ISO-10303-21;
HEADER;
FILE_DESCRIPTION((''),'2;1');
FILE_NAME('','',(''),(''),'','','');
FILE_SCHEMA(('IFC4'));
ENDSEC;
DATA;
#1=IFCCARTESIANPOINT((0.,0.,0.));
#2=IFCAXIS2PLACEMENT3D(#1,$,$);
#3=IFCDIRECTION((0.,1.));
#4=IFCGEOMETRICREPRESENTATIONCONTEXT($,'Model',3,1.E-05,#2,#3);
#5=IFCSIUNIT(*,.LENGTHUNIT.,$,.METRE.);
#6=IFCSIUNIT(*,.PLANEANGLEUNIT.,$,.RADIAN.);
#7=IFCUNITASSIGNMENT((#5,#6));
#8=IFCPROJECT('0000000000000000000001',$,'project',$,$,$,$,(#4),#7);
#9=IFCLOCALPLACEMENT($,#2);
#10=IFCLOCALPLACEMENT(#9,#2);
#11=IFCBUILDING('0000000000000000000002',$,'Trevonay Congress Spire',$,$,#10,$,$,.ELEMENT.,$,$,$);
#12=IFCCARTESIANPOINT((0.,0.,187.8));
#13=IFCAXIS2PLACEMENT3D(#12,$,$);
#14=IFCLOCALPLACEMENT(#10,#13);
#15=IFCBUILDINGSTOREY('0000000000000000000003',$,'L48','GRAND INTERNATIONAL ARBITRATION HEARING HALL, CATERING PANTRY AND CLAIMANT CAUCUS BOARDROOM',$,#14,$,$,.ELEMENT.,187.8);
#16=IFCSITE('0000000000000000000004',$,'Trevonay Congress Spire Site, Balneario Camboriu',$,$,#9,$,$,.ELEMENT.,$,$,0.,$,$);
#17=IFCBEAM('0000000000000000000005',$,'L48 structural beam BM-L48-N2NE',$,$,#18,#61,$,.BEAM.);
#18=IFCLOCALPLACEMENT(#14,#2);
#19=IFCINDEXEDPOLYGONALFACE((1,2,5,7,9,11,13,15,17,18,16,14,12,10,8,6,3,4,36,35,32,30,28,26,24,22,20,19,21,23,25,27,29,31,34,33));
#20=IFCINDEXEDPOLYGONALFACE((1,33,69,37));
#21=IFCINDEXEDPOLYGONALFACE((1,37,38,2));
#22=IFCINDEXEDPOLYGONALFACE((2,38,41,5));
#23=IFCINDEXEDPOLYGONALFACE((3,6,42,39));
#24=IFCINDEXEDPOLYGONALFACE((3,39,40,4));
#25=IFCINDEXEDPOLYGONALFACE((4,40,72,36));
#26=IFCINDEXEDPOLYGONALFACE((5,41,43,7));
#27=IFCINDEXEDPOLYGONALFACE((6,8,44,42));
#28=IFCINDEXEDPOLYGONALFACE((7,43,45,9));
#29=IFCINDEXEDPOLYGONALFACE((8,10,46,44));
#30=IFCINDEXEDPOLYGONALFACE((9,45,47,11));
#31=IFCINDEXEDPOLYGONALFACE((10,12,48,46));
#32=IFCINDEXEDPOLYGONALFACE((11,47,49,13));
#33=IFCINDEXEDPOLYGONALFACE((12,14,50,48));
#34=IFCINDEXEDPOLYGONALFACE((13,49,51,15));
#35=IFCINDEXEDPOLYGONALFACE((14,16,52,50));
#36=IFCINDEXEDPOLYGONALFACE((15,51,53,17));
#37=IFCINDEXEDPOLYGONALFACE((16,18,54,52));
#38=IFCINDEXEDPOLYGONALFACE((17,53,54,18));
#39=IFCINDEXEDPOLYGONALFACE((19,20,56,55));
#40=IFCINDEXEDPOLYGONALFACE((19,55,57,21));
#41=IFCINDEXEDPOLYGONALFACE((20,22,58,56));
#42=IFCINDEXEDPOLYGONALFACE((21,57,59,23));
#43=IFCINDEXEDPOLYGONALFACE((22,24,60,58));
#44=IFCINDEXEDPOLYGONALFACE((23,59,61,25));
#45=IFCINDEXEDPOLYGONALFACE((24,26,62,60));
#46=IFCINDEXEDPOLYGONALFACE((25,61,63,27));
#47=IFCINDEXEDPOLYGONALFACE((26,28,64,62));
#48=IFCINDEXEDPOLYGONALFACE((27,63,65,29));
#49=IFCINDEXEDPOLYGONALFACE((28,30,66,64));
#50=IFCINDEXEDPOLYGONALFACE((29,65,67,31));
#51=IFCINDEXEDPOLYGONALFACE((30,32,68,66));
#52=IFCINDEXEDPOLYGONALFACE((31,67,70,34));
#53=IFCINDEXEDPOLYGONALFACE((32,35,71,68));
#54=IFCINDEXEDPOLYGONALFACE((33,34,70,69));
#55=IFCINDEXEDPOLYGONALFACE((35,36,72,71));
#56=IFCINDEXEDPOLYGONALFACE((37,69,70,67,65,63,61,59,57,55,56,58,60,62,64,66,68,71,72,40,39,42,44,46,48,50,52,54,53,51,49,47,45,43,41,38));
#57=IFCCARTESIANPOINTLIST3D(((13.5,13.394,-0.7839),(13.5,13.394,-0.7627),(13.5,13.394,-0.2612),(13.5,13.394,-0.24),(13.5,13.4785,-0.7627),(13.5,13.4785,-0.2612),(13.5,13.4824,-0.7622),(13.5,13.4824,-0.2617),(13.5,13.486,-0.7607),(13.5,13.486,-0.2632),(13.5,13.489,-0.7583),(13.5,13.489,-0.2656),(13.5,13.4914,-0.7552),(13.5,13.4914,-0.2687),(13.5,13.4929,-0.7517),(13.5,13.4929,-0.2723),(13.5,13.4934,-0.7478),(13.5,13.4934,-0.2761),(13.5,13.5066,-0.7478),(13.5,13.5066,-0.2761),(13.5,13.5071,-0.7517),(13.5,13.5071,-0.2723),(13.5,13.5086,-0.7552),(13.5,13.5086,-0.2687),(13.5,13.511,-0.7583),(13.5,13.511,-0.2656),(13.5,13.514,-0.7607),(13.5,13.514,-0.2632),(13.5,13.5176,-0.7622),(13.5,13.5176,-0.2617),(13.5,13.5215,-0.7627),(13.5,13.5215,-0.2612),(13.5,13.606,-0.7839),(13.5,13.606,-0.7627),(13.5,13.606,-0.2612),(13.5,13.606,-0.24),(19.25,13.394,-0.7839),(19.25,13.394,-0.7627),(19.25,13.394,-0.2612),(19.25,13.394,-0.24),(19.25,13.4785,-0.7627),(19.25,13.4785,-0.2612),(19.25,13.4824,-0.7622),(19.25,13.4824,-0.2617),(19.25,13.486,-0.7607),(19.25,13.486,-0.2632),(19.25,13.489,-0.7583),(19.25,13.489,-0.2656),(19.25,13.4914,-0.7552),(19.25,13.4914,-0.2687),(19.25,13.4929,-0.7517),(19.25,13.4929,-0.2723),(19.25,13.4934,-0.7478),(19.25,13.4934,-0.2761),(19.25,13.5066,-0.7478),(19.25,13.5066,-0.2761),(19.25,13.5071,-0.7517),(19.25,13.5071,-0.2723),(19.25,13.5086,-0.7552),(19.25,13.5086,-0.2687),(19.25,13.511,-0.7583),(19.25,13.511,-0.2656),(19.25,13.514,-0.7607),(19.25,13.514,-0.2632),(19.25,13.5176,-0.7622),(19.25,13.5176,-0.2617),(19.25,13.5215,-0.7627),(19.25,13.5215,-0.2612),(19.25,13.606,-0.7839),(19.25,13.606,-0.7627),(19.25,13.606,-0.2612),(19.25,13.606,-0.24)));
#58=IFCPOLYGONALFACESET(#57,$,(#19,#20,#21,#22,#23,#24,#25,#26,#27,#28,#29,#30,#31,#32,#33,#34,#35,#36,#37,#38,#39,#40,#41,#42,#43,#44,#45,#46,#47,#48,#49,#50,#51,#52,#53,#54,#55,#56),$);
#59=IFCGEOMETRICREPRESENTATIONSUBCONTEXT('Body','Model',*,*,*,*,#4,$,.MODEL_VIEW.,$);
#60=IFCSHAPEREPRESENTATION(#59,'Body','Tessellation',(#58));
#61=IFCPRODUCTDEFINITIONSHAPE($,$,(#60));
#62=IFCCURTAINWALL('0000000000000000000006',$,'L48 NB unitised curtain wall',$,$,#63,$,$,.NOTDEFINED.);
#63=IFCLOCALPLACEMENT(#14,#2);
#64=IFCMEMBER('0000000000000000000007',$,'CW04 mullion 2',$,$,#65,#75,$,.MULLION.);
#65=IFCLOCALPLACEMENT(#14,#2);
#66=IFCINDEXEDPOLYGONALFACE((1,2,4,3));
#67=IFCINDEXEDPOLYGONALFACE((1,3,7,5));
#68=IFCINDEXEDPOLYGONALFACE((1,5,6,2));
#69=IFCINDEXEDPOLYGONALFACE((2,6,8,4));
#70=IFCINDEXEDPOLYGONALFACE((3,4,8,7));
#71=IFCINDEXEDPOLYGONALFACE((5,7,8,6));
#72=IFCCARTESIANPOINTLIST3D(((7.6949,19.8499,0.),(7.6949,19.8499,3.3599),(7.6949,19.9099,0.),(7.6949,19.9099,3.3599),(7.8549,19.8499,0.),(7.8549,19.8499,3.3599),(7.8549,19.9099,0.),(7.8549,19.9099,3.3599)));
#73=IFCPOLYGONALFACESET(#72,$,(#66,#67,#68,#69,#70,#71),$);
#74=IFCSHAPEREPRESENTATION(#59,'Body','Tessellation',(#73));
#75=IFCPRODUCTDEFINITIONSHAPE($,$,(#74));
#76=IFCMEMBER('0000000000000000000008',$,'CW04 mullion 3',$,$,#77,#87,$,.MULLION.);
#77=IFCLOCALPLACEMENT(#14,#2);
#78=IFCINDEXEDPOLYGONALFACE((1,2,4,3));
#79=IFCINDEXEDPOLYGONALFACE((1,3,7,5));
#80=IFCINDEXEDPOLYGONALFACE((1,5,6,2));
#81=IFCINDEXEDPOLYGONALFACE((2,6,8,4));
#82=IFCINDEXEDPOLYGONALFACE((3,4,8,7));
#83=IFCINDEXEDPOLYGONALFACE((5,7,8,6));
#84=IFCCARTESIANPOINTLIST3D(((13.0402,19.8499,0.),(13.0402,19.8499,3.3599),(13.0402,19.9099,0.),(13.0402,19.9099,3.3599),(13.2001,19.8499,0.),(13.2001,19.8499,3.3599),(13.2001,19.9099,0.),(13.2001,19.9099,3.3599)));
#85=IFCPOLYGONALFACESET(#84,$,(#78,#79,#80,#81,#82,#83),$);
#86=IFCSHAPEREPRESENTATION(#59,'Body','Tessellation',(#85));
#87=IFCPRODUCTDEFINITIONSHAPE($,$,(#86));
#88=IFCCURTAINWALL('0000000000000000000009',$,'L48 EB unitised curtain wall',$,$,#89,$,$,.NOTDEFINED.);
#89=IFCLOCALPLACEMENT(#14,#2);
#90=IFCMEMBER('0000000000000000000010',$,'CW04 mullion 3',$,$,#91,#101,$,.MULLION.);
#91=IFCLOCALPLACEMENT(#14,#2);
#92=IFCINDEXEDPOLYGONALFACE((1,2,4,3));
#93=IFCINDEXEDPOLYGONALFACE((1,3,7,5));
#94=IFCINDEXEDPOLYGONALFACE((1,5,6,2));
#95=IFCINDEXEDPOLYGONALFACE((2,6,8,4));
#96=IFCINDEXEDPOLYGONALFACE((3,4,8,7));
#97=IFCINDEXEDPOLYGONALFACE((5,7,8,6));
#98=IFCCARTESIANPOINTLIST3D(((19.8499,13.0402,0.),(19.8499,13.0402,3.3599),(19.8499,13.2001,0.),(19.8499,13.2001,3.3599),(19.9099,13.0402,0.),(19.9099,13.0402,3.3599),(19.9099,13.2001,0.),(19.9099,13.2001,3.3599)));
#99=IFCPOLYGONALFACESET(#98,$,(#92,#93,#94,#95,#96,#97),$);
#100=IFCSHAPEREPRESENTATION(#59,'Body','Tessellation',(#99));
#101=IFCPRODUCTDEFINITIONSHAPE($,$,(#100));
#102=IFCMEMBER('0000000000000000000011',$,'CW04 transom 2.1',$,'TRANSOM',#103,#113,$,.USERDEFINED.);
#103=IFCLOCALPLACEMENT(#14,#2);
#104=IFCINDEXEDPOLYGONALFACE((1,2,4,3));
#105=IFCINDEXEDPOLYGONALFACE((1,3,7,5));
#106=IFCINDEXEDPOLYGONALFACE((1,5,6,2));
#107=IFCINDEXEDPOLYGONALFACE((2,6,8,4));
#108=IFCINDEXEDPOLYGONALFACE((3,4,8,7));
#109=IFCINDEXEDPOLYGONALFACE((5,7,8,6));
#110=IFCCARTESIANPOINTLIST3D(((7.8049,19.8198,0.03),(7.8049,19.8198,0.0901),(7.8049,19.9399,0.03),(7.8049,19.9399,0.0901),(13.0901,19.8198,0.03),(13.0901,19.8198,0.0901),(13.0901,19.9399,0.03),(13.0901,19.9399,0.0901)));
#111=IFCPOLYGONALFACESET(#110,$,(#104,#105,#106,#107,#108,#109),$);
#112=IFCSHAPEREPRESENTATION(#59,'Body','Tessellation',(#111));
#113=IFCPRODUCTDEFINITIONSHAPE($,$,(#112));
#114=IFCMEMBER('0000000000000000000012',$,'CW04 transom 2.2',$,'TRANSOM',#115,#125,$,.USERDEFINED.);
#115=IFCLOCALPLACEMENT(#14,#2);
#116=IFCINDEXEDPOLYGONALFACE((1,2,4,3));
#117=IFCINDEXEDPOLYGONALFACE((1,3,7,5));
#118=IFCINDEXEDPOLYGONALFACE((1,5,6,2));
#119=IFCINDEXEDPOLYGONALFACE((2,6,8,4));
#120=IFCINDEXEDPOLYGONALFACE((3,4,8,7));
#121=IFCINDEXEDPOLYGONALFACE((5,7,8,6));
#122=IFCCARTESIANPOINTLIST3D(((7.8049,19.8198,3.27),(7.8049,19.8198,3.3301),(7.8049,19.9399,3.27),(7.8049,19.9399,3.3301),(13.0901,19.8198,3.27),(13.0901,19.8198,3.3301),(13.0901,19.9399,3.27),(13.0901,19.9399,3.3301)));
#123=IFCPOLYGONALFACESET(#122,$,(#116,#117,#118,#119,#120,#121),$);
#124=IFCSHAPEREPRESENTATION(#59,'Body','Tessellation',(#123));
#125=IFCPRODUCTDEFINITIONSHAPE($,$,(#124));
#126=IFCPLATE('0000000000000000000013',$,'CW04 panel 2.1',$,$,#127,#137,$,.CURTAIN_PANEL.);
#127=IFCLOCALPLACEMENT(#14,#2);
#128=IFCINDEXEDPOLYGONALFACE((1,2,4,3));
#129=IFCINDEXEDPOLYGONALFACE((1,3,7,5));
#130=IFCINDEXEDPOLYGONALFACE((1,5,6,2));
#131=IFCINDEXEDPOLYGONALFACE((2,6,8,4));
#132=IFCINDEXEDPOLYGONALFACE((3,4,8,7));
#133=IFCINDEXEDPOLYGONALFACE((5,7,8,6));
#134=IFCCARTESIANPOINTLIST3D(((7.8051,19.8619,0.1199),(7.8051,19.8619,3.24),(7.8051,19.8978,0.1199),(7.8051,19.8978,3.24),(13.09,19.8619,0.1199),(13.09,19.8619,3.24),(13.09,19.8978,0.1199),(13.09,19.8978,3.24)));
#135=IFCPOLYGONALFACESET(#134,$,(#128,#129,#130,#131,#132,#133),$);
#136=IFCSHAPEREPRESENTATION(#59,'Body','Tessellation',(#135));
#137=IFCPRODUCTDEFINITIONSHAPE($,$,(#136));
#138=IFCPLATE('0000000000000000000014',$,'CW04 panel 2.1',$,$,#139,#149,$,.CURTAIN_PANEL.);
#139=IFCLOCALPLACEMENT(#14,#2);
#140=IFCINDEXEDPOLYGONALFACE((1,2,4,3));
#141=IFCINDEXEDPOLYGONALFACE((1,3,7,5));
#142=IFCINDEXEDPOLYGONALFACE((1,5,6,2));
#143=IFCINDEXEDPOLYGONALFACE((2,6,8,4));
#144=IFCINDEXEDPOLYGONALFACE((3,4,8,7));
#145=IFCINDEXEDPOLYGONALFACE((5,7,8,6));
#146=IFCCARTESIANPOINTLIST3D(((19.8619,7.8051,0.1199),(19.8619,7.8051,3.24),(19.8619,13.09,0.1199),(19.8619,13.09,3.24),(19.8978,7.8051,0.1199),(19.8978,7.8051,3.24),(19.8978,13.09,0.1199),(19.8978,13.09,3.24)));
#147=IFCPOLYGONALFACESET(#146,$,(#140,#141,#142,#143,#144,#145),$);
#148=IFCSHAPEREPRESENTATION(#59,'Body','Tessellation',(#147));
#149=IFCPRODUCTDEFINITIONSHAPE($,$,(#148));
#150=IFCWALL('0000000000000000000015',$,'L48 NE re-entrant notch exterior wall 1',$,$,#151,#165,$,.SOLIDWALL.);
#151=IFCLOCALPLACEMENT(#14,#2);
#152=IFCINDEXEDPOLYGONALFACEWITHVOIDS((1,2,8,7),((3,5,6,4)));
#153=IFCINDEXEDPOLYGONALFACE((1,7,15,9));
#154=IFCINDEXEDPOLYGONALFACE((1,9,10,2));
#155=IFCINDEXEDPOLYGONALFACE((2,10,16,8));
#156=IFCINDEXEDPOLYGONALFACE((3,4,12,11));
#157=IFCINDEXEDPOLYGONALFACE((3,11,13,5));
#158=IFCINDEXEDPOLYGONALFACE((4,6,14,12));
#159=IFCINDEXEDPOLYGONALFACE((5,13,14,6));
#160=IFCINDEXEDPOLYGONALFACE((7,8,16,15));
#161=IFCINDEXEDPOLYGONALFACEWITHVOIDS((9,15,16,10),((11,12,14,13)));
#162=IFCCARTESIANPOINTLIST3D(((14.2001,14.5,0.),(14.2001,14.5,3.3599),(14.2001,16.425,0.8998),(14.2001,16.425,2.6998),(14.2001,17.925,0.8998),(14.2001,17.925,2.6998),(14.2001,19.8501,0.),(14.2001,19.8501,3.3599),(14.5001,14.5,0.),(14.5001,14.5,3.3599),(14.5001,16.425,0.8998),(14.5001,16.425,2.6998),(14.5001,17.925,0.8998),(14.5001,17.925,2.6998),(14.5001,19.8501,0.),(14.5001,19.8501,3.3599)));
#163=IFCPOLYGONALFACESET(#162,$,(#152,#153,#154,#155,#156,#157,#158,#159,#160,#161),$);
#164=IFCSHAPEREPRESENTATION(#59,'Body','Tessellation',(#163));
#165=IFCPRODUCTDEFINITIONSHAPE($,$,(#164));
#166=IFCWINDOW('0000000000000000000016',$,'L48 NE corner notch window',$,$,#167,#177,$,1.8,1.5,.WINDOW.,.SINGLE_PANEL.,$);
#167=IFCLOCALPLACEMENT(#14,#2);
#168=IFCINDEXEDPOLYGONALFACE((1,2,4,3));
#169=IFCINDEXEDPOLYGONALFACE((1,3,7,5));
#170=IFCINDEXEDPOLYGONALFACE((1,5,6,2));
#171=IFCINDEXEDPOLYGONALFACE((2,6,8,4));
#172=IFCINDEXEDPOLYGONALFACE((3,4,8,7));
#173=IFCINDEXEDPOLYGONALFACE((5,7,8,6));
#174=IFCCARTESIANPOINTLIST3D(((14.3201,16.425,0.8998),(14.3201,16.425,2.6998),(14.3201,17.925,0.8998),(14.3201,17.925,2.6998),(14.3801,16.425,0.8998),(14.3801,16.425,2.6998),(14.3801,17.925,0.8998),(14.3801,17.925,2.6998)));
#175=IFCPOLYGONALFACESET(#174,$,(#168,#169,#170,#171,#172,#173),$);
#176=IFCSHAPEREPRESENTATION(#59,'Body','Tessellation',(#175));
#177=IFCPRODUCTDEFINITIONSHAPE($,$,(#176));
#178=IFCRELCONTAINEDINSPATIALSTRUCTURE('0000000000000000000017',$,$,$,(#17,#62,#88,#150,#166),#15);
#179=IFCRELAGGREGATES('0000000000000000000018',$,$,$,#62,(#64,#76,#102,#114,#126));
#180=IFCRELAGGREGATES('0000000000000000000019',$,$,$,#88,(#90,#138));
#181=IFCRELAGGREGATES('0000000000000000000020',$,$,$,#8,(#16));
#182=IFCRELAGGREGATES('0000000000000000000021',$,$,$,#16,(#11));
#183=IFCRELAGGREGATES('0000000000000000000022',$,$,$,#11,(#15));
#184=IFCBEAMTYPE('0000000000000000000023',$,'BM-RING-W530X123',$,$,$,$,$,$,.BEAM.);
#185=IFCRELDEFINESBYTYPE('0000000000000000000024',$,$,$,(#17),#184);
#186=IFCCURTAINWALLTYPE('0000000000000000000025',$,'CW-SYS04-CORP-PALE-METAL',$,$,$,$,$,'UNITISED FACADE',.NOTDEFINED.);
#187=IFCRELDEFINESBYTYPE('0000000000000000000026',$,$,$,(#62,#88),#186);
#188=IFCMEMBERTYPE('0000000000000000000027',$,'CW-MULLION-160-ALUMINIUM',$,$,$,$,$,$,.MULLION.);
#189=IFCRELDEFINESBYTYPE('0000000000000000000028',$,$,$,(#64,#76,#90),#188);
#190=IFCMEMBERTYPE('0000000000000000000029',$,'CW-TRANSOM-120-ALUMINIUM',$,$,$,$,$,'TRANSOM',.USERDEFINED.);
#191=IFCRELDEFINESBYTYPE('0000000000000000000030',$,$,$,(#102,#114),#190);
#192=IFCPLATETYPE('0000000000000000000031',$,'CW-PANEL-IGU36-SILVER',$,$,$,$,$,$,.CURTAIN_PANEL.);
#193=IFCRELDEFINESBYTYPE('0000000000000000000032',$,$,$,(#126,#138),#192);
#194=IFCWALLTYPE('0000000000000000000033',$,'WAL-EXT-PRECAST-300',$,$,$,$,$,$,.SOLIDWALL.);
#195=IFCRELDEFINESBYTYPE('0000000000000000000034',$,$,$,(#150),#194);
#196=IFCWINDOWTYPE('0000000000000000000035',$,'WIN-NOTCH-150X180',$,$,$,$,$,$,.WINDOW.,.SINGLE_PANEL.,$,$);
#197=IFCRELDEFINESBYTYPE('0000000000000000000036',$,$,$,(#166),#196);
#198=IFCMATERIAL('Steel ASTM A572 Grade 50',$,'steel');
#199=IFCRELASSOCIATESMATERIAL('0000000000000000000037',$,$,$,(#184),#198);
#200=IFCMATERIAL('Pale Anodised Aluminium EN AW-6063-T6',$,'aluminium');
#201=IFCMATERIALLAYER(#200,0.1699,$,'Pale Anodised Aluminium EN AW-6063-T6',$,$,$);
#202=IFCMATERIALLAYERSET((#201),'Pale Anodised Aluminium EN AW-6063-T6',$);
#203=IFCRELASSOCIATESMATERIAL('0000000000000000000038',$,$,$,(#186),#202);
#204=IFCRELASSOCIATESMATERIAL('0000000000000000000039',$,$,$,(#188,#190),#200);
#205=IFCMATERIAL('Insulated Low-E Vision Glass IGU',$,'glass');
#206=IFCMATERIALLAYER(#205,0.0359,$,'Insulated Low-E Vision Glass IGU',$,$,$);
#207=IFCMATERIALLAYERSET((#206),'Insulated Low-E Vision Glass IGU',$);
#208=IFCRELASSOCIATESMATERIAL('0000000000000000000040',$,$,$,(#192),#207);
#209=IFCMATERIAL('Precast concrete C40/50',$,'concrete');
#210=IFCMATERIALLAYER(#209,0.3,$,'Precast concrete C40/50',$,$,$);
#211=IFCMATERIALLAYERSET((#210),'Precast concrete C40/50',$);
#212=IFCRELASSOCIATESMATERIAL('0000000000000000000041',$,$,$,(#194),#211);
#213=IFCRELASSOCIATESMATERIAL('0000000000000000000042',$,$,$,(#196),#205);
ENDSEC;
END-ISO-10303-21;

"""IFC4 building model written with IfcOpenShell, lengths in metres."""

from ifc_helpers import new_model, si_unit, direction, frame, frame_2d, origin, origin_2d, place, context, subcontext, project, spatial, rectangle, i_section, extrude, material, layer, layer_set, material_profile, profile_set, type_object, element, fill, aggregate, save


model = new_model("IFC4")

# Units and contexts
model_context = context("Model", 3, precision=1e-05, world=origin(), true_north=direction((0.0, 1.0)))
body_context = subcontext(model_context, "Body", "Model", "MODEL_VIEW")
ifc_project = project(units=[si_unit("LENGTHUNIT", "METRE"), si_unit("PLANEANGLEUNIT", "RADIAN")], contexts=[model_context])

# Site, building, storey
site_placement = place(None, origin())
site = spatial("IfcSite", under=ifc_project, at=site_placement, Name="Trevonay Congress Spire Site, Balneario Camboriu", CompositionType="ELEMENT", RefElevation=0.0)
building_placement = place(site_placement, origin())
building = spatial("IfcBuilding", under=site, at=building_placement, Name="Trevonay Congress Spire", CompositionType="ELEMENT")
storey_placement = place(building_placement, frame((0.0, 0.0, 187.8)))
storey = spatial("IfcBuildingStorey", under=building, at=storey_placement, Name="L48", Description="GRAND INTERNATIONAL ARBITRATION HEARING HALL, CATERING PANTRY AND CLAIMANT CAUCUS BOARDROOM", CompositionType="ELEMENT", Elevation=187.8)

# Shared definitions
ifc_material_1 = material(Name="Steel ASTM A572 Grade 50", Category="steel")

# Beam
ifc_material_profile_1 = material_profile(ifc_material_1, i_section(OverallWidth=0.2119, OverallDepth=0.5439, WebThickness=0.0132, FlangeThickness=0.0212, FilletRadius=0.0149, at=origin_2d()), Name="W530x123")
ifc_profile_set_1 = profile_set([ifc_material_profile_1], Name="Steel ASTM A572 Grade 50")
beam_type = type_object("IfcBeamType", Name="BM-RING-W530X123", PredefinedType="BEAM", material=ifc_profile_set_1)
for number, where, z_axis, x_axis, name in (
    (1, (19.25, 13.5, -0.512), (-1.0, 0.0, 0.0), (0.0, -1.0, 0.0), "L48 structural beam BM-L48-N2NE"),
):
    element("IfcBeam", number, at=place(storey_placement, frame(where, z_axis=z_axis, x_axis=x_axis)), inside=storey, type_object=beam_type, Name=name, PredefinedType="BEAM", context=body_context, shape_type="SweptSolid", body=[
        extrude(i_section(OverallWidth=0.2119, OverallDepth=0.5439, WebThickness=0.0132, FlangeThickness=0.0212, FilletRadius=0.0149, at=origin_2d()), origin(), (0.0, 0.0, 1.0), 5.75),
    ])

# Curtain wall, members
ifc_material_2 = material(Name="Pale Anodised Aluminium EN AW-6063-T6", Category="aluminium")
ifc_layer_1 = layer(ifc_material_2, 0.1699, Name="Pale Anodised Aluminium EN AW-6063-T6")
ifc_layer_set_1 = layer_set([ifc_layer_1], Name="Pale Anodised Aluminium EN AW-6063-T6")
curtain_wall_type = type_object("IfcCurtainWallType", Name="CW-SYS04-CORP-PALE-METAL", ElementType="UNITISED FACADE", PredefinedType="NOTDEFINED", material=ifc_layer_set_1)
curtain_wall_1_placement = place(storey_placement, origin())
curtain_wall_1 = element("IfcCurtainWall", 2, at=curtain_wall_1_placement, inside=storey, type_object=curtain_wall_type, Name="L48 NB unitised curtain wall", PredefinedType="NOTDEFINED")
ifc_material_profile_2 = material_profile(ifc_material_2, rectangle(XDim=0.0601, YDim=0.1599, at=origin_2d()), Name="CW-MULLION-160-ALUMINIUM")
ifc_profile_set_2 = profile_set([ifc_material_profile_2], Name="Pale Anodised Aluminium EN AW-6063-T6")
member_type_1 = type_object("IfcMemberType", Name="CW-MULLION-160-ALUMINIUM", PredefinedType="MULLION", material=ifc_profile_set_2)
member_1_placement = place(storey_placement, frame((7.7749, 19.8799, 0.0), z_axis=(0.0, 0.0, 1.0), x_axis=(0.0, 1.0, 0.0)))
member_1 = element("IfcMember", 3, at=member_1_placement, type_object=member_type_1, Name="CW04 mullion 2", PredefinedType="MULLION", context=body_context, shape_type="SweptSolid", body=[
    extrude(rectangle(XDim=0.0601, YDim=0.1599, at=origin_2d()), origin(), (0.0, 0.0, 1.0), 3.3599),
])
member_2_placement = place(storey_placement, frame((13.1201, 19.8799, 0.0), z_axis=(0.0, 0.0, 1.0), x_axis=(0.0, 1.0, 0.0)))
member_2 = element("IfcMember", 4, at=member_2_placement, type_object=member_type_1, Name="CW04 mullion 3", PredefinedType="MULLION", context=body_context, shape_type="SweptSolid", body=[
    extrude(rectangle(XDim=0.0601, YDim=0.1599, at=origin_2d()), origin(), (0.0, 0.0, 1.0), 3.3599),
])

# Curtain wall, member
curtain_wall_2_placement = place(storey_placement, origin())
curtain_wall_2 = element("IfcCurtainWall", 5, at=curtain_wall_2_placement, inside=storey, type_object=curtain_wall_type, Name="L48 EB unitised curtain wall", PredefinedType="NOTDEFINED")
member_3_placement = place(storey_placement, frame((19.8799, 13.1201, 0.0), z_axis=(0.0, 0.0, 1.0), x_axis=(-1.0, 0.0, 0.0)))
member_3 = element("IfcMember", 6, at=member_3_placement, type_object=member_type_1, Name="CW04 mullion 3", PredefinedType="MULLION", context=body_context, shape_type="SweptSolid", body=[
    extrude(rectangle(XDim=0.0601, YDim=0.1599, at=origin_2d()), origin(), (0.0, 0.0, 1.0), 3.3599),
])

# Members
ifc_material_profile_3 = material_profile(ifc_material_2, rectangle(XDim=0.1201, YDim=0.0601, at=origin_2d()), Name="CW-TRANSOM-120-ALUMINIUM")
ifc_profile_set_3 = profile_set([ifc_material_profile_3], Name="Pale Anodised Aluminium EN AW-6063-T6")
member_type_2 = type_object("IfcMemberType", Name="CW-TRANSOM-120-ALUMINIUM", ElementType="TRANSOM", PredefinedType="USERDEFINED", material=ifc_profile_set_3)
member_4_placement = place(storey_placement, frame((7.8049, 19.8799, 0.0601), z_axis=(1.0, 0.0, 0.0), x_axis=(0.0, 1.0, 0.0)))
member_4 = element("IfcMember", 7, at=member_4_placement, type_object=member_type_2, Name="CW04 transom 2.1", ObjectType="TRANSOM", PredefinedType="USERDEFINED", context=body_context, shape_type="SweptSolid", body=[
    extrude(rectangle(XDim=0.1201, YDim=0.0601, at=origin_2d()), origin(), (0.0, 0.0, 1.0), 5.2852),
])
member_5_placement = place(storey_placement, frame((7.8049, 19.8799, 3.3), z_axis=(1.0, 0.0, 0.0), x_axis=(0.0, 1.0, 0.0)))
member_5 = element("IfcMember", 8, at=member_5_placement, type_object=member_type_2, Name="CW04 transom 2.2", ObjectType="TRANSOM", PredefinedType="USERDEFINED", context=body_context, shape_type="SweptSolid", body=[
    extrude(rectangle(XDim=0.1201, YDim=0.0601, at=origin_2d()), origin(), (0.0, 0.0, 1.0), 5.2852),
])

# Plates
ifc_material_3 = material(Name="Insulated Low-E Vision Glass IGU", Category="glass")
ifc_layer_2 = layer(ifc_material_3, 0.0359, Name="Insulated Low-E Vision Glass IGU")
ifc_layer_set_2 = layer_set([ifc_layer_2], Name="Insulated Low-E Vision Glass IGU")
plate_type = type_object("IfcPlateType", Name="CW-PANEL-IGU36-SILVER", PredefinedType="CURTAIN_PANEL", material=ifc_layer_set_2)
plate_1_placement = place(storey_placement, frame((10.4475, 19.8799, 0.1199), z_axis=(0.0, 0.0, 1.0), x_axis=(1.0, 0.0, 0.0)))
plate_1 = element("IfcPlate", 9, at=plate_1_placement, type_object=plate_type, Name="CW04 panel 2.1", PredefinedType="CURTAIN_PANEL", context=body_context, shape_type="SweptSolid", body=[
    extrude(rectangle(XDim=5.2849, YDim=0.0359, at=origin_2d()), origin(), (0.0, 0.0, 1.0), 3.1201),
])
aggregate(curtain_wall_1, [member_1, member_2, member_4, member_5, plate_1])
plate_2_placement = place(storey_placement, frame((19.8799, 10.4475, 0.1199), z_axis=(0.0, 0.0, 1.0), x_axis=(0.0, 1.0, 0.0)))
plate_2 = element("IfcPlate", 10, at=plate_2_placement, type_object=plate_type, Name="CW04 panel 2.1", PredefinedType="CURTAIN_PANEL", context=body_context, shape_type="SweptSolid", body=[
    extrude(rectangle(XDim=5.2849, YDim=0.0359, at=origin_2d()), origin(), (0.0, 0.0, 1.0), 3.1201),
])
aggregate(curtain_wall_2, [member_3, plate_2])

# Wall, opening, window
ifc_material_4 = material(Name="Precast concrete C40/50", Category="concrete")
ifc_layer_3 = layer(ifc_material_4, 0.3, Name="Precast concrete C40/50")
ifc_layer_set_3 = layer_set([ifc_layer_3], Name="Precast concrete C40/50")
wall_type_1 = type_object("IfcWallType", Name="WAL-EXT-PRECAST-300", PredefinedType="SOLIDWALL", material=ifc_layer_set_3)
wall_1_placement = place(storey_placement, frame((14.3501, 19.8501, 0.0), z_axis=(0.0, 0.0, 1.0), x_axis=(0.0, -1.0, 0.0)))
wall_1 = element("IfcWall", 11, at=wall_1_placement, inside=storey, type_object=wall_type_1, Name="L48 NE re-entrant notch exterior wall 1", PredefinedType="SOLIDWALL", context=body_context, shape_type="SweptSolid", body=[
    extrude(rectangle(XDim=5.3501, YDim=0.3, at=frame_2d((2.675, 0.0))), origin(), (0.0, 0.0, 1.0), 3.3599),
])
opening_placement = place(wall_1_placement, frame((1.925, 0.0, 0.8999)))
opening = element("IfcOpeningElement", 12, at=opening_placement, cuts=wall_1, PredefinedType="OPENING", context=body_context, shape_type="SweptSolid", body=[
    extrude(rectangle(XDim=1.5, YDim=1.8, at=frame_2d((0.75, 0.8999))), frame((0.0, 0.1602, 0.0), z_axis=(0.0, -1.0, 0.0), x_axis=(1.0, 0.0, 0.0)), (0.0, 0.0, 1.0), 0.3201),
])
window_type = type_object("IfcWindowType", Name="WIN-NOTCH-150X180", PartitioningType="SINGLE_PANEL", PredefinedType="WINDOW", material=ifc_material_3)
window_placement = place(opening_placement, origin())
window = element("IfcWindow", 13, at=window_placement, inside=storey, type_object=window_type, Name="L48 NE corner notch window", OverallHeight=1.8, OverallWidth=1.5, PartitioningType="SINGLE_PANEL", PredefinedType="WINDOW", context=body_context, shape_type="SweptSolid", body=[
    extrude(rectangle(XDim=1.5, YDim=1.8, at=frame_2d((0.75, 0.8999))), frame((0.0, 0.03, 0.0), z_axis=(0.0, -1.0, 0.0), x_axis=(1.0, 0.0, 0.0)), (0.0, 0.0, 1.0), 0.0601),
])
fill(opening, window)

save(model, "model.ifc")
